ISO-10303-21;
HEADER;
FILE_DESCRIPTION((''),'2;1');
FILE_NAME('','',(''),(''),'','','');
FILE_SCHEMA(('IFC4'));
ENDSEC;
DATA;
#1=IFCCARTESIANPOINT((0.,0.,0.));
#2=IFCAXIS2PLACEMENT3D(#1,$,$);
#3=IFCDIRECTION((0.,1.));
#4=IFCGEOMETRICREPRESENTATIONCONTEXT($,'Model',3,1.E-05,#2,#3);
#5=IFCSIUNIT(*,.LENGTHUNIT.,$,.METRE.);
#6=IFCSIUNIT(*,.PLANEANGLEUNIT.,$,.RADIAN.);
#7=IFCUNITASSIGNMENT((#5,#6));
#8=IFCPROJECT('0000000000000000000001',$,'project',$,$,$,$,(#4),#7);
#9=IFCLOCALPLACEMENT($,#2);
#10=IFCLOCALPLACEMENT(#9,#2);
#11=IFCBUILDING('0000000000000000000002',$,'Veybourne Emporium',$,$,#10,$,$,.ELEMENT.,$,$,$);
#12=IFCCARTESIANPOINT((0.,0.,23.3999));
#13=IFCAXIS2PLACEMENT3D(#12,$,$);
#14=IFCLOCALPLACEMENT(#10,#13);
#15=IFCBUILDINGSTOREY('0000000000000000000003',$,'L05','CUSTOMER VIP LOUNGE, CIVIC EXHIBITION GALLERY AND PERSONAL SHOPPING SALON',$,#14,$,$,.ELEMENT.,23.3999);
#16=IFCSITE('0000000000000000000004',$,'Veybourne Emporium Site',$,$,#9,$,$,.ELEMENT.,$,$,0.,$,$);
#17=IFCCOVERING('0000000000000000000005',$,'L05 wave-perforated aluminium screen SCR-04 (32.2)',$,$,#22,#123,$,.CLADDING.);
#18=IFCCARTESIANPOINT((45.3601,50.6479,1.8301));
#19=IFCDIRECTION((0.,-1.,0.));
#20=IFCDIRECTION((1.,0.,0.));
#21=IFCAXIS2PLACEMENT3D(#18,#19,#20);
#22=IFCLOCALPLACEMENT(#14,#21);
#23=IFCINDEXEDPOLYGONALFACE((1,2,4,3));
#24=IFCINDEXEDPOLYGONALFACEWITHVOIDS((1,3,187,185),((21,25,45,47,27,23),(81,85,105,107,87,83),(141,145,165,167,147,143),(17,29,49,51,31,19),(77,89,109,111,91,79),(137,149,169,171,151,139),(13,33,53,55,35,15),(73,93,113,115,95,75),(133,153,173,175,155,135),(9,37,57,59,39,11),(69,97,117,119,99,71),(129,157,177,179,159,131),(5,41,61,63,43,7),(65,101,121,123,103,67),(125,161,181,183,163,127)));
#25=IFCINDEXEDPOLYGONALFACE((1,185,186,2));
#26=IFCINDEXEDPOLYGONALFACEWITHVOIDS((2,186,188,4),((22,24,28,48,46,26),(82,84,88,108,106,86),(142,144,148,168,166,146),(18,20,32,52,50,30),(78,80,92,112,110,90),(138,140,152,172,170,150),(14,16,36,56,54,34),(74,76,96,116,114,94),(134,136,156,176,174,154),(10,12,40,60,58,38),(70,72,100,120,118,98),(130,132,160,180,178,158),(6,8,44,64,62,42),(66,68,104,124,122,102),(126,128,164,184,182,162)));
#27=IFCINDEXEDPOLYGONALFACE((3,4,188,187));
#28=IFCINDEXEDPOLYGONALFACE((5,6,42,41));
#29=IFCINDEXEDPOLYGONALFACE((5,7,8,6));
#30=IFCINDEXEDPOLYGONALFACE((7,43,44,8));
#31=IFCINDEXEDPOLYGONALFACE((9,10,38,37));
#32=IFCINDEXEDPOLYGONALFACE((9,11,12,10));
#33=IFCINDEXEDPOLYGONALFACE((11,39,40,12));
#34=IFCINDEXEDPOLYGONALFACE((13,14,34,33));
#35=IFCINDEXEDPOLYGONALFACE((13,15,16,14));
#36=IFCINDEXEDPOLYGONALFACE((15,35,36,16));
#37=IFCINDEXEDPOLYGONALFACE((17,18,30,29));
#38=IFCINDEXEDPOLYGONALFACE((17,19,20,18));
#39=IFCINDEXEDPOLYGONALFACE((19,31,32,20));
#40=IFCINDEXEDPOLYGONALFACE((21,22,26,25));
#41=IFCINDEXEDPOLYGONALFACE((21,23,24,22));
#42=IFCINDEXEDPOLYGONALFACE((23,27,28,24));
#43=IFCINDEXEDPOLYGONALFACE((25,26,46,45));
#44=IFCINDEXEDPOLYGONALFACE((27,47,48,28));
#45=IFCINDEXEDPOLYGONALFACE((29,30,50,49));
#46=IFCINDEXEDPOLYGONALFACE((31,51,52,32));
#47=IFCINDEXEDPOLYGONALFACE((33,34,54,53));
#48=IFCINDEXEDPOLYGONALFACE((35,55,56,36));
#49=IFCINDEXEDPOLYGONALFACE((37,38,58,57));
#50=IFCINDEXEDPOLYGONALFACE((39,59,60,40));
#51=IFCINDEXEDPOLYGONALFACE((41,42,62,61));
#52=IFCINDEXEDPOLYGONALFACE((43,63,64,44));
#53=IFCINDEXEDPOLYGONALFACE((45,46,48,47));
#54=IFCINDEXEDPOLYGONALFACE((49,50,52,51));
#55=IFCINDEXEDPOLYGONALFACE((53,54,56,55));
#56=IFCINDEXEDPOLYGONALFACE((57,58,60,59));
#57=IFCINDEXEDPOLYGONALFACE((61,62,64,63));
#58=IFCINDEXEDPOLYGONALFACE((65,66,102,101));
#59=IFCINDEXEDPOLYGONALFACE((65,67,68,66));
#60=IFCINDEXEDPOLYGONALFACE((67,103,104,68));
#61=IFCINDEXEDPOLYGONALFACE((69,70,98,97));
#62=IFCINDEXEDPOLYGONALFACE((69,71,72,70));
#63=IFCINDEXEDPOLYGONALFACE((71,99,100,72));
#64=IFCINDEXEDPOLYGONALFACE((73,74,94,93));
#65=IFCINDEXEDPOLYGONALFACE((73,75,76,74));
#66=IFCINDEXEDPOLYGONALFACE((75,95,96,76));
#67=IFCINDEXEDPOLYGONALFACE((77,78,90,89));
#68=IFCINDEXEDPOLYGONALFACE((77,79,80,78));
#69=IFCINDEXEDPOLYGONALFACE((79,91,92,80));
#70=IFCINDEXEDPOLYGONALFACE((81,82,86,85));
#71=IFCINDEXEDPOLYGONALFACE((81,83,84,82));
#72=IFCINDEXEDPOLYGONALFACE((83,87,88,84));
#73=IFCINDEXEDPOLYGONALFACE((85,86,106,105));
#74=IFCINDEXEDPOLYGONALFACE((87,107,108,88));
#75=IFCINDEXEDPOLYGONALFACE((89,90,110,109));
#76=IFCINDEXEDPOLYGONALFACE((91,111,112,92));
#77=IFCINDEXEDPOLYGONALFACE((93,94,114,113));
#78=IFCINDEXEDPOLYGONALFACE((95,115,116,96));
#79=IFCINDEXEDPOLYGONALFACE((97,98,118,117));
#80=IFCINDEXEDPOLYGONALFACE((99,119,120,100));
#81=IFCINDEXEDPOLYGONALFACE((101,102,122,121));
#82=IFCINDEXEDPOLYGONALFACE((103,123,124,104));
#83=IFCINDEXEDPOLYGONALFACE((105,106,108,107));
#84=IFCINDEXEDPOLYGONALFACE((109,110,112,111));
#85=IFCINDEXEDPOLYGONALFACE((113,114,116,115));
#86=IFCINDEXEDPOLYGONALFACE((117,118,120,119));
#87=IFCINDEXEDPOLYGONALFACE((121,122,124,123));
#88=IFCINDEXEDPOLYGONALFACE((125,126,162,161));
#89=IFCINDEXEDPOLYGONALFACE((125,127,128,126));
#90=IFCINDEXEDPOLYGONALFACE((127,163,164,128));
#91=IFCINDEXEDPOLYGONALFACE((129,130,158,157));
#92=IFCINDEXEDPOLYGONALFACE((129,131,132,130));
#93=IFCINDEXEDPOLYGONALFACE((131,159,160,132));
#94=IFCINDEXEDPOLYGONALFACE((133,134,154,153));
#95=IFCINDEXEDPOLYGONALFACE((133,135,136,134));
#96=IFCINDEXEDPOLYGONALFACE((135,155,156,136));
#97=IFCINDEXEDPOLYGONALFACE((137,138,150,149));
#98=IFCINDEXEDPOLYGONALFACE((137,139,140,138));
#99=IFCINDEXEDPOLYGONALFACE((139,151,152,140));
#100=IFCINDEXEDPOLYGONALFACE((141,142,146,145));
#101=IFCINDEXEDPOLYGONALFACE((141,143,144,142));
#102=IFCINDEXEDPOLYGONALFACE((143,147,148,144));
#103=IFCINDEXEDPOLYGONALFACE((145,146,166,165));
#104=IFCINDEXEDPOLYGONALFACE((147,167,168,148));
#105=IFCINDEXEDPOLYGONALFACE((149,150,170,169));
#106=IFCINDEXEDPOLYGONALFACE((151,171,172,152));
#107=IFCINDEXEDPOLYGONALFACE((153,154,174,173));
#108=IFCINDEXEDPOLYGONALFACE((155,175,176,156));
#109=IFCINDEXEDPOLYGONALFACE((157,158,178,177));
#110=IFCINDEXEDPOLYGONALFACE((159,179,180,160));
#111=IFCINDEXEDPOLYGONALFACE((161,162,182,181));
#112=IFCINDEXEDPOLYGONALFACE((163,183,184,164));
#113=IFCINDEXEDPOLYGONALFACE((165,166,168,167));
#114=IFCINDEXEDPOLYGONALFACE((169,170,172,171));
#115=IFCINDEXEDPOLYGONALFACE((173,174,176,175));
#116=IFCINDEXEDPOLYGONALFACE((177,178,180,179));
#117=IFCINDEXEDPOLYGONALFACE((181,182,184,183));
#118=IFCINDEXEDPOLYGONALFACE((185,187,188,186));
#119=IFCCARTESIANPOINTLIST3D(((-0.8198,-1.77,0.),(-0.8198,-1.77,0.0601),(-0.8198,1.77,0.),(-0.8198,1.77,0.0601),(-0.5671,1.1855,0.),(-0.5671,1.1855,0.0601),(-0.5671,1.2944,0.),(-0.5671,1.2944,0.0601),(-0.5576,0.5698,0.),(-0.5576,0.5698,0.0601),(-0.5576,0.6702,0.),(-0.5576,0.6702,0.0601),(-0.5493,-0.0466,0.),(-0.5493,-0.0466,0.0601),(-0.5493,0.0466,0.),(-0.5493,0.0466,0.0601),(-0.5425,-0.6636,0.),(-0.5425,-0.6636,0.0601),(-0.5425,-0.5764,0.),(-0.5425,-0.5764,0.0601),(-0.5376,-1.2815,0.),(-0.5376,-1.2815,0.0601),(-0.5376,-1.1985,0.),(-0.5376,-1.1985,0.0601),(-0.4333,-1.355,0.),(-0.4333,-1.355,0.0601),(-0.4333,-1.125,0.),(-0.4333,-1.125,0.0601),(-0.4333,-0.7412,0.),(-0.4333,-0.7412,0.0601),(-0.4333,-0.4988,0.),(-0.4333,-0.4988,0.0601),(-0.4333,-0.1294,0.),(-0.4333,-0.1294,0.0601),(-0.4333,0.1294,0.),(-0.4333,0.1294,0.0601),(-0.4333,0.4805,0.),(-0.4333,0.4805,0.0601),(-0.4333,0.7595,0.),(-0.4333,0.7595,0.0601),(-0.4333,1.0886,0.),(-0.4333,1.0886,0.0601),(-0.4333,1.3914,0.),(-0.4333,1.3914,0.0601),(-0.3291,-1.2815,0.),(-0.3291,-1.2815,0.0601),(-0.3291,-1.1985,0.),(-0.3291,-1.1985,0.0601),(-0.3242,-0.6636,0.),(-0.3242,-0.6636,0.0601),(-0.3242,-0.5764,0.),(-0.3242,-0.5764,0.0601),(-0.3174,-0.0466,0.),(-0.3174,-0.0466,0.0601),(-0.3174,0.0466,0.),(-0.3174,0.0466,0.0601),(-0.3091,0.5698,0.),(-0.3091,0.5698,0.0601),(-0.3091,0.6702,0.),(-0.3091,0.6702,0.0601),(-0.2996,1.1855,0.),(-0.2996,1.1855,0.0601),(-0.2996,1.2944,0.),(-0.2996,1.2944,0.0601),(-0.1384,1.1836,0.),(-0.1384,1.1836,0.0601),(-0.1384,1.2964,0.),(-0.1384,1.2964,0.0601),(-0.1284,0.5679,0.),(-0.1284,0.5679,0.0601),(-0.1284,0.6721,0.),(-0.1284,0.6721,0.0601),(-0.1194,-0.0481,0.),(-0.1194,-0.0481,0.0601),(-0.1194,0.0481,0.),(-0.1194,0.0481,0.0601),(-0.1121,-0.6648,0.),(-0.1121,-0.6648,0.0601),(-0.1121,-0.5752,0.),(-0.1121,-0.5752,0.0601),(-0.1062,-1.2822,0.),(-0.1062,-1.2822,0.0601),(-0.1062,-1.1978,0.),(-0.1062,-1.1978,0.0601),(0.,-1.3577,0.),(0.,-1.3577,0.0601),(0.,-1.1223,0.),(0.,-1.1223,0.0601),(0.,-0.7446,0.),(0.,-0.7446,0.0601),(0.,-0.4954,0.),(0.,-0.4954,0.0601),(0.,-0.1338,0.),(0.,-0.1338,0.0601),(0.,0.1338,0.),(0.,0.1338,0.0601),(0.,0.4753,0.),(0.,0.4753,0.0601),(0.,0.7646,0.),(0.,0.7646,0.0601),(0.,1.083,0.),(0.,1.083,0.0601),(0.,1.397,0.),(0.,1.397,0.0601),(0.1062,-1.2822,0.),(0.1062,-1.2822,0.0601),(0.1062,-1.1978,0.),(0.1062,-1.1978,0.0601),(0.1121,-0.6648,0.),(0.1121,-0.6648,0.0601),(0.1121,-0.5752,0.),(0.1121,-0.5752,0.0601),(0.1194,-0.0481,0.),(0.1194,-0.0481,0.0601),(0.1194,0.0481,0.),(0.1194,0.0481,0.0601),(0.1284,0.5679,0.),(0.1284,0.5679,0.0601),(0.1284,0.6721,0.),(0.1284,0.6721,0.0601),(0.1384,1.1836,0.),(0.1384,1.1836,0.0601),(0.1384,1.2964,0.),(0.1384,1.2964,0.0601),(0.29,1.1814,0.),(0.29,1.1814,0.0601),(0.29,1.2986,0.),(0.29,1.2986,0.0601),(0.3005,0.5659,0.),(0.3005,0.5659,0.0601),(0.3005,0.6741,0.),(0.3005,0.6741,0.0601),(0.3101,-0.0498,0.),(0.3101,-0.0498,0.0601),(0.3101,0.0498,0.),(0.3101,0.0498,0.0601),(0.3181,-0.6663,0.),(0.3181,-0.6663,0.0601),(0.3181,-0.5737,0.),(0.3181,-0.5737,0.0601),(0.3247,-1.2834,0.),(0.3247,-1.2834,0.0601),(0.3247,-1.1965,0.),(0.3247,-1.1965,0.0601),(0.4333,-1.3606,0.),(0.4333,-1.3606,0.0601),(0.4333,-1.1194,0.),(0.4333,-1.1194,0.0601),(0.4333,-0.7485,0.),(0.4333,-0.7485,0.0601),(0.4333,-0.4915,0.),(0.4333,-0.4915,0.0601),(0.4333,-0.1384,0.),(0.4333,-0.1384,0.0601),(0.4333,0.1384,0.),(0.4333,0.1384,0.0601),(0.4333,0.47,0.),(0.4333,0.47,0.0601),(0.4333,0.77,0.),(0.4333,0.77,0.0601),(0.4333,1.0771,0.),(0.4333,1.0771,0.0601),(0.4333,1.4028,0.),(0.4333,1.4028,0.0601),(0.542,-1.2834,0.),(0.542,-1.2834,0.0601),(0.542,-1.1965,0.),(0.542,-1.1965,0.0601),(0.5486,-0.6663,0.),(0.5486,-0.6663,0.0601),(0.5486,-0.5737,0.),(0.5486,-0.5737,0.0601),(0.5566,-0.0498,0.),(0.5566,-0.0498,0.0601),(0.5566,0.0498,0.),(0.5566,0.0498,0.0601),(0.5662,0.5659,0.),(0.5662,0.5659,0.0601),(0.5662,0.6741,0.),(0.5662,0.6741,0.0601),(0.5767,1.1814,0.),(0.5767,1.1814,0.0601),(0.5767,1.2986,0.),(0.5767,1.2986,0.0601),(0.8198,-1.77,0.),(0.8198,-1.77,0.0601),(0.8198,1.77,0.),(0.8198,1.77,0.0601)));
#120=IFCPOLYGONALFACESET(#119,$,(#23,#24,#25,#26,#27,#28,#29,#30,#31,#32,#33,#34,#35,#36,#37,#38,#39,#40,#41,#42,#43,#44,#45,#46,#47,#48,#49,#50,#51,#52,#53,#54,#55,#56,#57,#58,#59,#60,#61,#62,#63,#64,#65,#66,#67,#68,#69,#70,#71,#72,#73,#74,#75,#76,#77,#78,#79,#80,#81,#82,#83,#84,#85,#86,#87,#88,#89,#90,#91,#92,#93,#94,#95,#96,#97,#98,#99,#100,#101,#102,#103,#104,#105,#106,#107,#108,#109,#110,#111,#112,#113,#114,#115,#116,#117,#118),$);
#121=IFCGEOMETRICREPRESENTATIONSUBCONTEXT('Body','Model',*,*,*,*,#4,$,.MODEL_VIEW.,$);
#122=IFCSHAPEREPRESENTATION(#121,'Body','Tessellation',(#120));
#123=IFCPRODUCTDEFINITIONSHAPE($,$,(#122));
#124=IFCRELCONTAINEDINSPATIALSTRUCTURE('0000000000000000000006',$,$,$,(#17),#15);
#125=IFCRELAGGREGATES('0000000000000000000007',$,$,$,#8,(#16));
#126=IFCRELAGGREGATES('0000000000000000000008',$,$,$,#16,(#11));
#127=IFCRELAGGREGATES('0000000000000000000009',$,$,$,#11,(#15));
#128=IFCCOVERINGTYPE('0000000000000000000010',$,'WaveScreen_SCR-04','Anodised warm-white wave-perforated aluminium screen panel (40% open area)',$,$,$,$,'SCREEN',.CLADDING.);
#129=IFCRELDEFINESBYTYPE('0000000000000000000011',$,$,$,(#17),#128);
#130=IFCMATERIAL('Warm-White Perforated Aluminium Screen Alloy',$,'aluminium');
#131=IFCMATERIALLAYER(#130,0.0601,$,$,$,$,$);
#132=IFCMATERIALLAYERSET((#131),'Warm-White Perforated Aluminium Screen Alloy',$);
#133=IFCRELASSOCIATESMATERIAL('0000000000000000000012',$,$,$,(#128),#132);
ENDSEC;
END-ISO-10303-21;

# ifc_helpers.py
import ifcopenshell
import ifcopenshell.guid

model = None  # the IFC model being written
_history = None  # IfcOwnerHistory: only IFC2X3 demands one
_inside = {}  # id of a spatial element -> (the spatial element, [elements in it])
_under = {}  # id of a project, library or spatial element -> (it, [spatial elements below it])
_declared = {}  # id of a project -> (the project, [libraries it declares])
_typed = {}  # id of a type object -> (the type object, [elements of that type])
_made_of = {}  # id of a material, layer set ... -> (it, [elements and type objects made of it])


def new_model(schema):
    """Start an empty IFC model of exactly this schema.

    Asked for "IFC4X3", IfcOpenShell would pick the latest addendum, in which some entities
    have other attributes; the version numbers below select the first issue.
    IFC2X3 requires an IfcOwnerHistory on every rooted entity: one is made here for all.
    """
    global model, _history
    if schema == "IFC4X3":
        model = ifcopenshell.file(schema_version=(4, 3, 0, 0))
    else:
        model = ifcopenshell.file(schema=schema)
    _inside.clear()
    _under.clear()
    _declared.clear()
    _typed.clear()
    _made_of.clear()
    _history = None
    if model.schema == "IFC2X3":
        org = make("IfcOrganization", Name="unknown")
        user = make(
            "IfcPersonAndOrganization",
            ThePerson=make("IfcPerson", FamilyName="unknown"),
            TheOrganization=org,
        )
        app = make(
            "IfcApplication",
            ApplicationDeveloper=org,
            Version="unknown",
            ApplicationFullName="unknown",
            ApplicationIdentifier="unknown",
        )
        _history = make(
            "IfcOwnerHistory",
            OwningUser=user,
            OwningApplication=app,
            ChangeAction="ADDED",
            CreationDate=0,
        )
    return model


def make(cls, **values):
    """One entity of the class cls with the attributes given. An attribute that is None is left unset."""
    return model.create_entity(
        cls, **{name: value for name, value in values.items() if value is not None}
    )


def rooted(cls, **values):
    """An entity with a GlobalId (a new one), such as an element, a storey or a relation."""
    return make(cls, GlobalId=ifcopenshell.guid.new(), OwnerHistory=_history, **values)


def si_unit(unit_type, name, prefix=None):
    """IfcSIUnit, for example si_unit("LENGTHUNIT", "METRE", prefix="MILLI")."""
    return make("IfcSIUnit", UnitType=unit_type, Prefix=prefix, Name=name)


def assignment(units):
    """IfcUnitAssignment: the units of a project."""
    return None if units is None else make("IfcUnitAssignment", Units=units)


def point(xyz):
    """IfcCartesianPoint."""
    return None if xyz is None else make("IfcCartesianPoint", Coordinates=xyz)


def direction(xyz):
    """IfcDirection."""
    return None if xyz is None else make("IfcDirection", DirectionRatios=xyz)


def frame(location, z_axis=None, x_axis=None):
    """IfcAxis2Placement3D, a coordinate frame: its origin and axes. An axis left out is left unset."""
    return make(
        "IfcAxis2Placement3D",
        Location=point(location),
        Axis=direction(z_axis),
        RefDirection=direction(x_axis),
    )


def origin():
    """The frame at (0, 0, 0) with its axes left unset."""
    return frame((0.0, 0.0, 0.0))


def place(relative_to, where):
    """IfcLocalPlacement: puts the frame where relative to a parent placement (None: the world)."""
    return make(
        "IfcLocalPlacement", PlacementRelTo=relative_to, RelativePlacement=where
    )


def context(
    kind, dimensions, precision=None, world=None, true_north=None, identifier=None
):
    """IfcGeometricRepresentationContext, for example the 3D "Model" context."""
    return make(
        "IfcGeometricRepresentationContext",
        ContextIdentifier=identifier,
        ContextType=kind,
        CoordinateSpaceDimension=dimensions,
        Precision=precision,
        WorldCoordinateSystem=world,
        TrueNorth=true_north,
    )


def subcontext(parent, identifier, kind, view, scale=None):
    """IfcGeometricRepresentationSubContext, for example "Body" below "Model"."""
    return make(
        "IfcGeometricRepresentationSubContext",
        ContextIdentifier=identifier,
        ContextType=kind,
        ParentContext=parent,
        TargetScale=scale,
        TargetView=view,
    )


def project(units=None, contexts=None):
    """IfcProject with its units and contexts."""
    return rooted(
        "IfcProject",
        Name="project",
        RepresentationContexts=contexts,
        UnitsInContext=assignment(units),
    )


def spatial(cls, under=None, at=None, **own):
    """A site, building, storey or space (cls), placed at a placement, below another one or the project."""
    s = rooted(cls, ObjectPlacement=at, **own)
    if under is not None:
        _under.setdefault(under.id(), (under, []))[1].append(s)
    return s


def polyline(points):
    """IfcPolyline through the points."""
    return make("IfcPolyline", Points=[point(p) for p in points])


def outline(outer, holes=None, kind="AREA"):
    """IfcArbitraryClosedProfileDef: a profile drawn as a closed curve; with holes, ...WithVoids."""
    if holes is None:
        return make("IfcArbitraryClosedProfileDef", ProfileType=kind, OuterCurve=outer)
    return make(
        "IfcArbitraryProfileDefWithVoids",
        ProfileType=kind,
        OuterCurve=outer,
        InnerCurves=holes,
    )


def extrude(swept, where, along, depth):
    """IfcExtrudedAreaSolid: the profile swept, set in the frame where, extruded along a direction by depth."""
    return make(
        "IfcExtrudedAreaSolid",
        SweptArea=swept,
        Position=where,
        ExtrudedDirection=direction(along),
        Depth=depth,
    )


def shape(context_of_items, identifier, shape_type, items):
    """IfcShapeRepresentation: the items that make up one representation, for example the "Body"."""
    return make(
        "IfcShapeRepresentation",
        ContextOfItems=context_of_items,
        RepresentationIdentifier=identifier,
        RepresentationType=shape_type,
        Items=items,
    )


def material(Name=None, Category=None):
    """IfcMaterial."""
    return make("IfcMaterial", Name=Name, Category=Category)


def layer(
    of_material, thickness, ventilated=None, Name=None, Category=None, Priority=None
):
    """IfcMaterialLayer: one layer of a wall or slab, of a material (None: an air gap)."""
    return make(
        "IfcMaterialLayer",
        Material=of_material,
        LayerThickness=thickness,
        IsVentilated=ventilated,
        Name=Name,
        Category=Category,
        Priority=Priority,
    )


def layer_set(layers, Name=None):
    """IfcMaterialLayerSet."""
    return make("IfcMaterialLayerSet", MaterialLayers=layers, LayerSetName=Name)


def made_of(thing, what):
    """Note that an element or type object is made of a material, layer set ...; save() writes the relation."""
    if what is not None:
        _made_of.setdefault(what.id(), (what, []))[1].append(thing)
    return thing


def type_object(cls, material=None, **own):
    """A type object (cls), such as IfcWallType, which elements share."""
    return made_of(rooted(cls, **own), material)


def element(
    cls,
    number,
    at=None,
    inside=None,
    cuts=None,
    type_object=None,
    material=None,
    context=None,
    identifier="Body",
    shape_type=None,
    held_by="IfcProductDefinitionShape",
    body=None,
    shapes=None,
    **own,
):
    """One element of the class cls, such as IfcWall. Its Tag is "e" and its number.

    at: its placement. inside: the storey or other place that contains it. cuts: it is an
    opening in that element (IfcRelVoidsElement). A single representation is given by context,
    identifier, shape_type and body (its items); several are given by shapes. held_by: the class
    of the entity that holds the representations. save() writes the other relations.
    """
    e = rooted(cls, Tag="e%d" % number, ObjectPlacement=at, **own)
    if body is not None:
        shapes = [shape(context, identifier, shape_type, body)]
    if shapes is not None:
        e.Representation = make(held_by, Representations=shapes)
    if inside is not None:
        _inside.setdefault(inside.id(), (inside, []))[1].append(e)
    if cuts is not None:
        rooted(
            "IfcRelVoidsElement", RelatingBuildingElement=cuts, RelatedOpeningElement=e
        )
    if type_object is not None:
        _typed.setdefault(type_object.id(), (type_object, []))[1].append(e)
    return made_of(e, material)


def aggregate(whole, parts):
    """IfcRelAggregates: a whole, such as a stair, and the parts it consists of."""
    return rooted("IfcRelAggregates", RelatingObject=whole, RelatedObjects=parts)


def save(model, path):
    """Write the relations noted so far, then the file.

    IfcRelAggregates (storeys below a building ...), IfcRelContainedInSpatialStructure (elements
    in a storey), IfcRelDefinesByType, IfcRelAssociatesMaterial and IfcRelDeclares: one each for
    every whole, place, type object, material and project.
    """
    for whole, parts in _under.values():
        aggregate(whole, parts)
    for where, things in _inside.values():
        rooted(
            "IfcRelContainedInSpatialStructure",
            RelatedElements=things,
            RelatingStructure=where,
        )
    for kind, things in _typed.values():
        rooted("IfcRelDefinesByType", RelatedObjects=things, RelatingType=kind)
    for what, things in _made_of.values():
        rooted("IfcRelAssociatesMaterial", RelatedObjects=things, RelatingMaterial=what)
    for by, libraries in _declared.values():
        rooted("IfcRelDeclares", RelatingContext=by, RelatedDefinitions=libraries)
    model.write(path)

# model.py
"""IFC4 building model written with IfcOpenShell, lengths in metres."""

from ifc_helpers import new_model, si_unit, direction, frame, origin, place, context, subcontext, project, spatial, polyline, outline, extrude, material, layer, layer_set, type_object, element, save


model = new_model("IFC4")

# Units and contexts
model_context = context("Model", 3, precision=1e-05, world=origin(), true_north=direction((0.0, 1.0)))
body_context = subcontext(model_context, "Body", "Model", "MODEL_VIEW")
ifc_project = project(units=[si_unit("LENGTHUNIT", "METRE"), si_unit("PLANEANGLEUNIT", "RADIAN")], contexts=[model_context])

# Site, building, storey
site_placement = place(None, origin())
site = spatial("IfcSite", under=ifc_project, at=site_placement, Name="Veybourne Emporium Site", CompositionType="ELEMENT", RefElevation=0.0)
building_placement = place(site_placement, origin())
building = spatial("IfcBuilding", under=site, at=building_placement, Name="Veybourne Emporium", CompositionType="ELEMENT")
storey_placement = place(building_placement, frame((0.0, 0.0, 23.3999)))
storey = spatial("IfcBuildingStorey", under=building, at=storey_placement, Name="L05", Description="CUSTOMER VIP LOUNGE, CIVIC EXHIBITION GALLERY AND PERSONAL SHOPPING SALON", CompositionType="ELEMENT", Elevation=23.3999)

# Covering
ifc_material_1 = material(Name="Warm-White Perforated Aluminium Screen Alloy", Category="aluminium")
ifc_layer_1 = layer(ifc_material_1, 0.0601)
ifc_layer_set_1 = layer_set([ifc_layer_1], Name="Warm-White Perforated Aluminium Screen Alloy")
covering_type_1 = type_object("IfcCoveringType", Name="WaveScreen_SCR-04", Description="Anodised warm-white wave-perforated aluminium screen panel (40% open area)", ElementType="SCREEN", PredefinedType="CLADDING", material=ifc_layer_set_1)
covering_1_placement = place(storey_placement, frame((45.3601, 50.6479, 1.8301), z_axis=(0.0, -1.0, 0.0), x_axis=(1.0, 0.0, 0.0)))
element("IfcCovering", 1, at=covering_1_placement, inside=storey, type_object=covering_type_1, Name="L05 wave-perforated aluminium screen SCR-04 (32.2)", PredefinedType="CLADDING", context=body_context, shape_type="SweptSolid", body=[
    extrude(outline(polyline([(-0.8198, -1.77), (0.8198, -1.77), (0.8198, 1.77), (-0.8198, 1.77), (-0.8198, -1.77)]), holes=[polyline([(-0.4333, -1.125), (-0.3291, -1.1985), (-0.3291, -1.2815), (-0.4333, -1.355), (-0.5376, -1.2815), (-0.5376, -1.1985), (-0.4333, -1.125)]), polyline([(-0.4333, -0.4988), (-0.3242, -0.5764), (-0.3242, -0.6636), (-0.4333, -0.7412), (-0.5425, -0.6636), (-0.5425, -0.5764), (-0.4333, -0.4988)]), polyline([(-0.4333, 0.1294), (-0.3174, 0.0466), (-0.3174, -0.0466), (-0.4333, -0.1294), (-0.5493, -0.0466), (-0.5493, 0.0466), (-0.4333, 0.1294)]), polyline([(-0.4333, 0.7595), (-0.3091, 0.6702), (-0.3091, 0.5698), (-0.4333, 0.4805), (-0.5576, 0.5698), (-0.5576, 0.6702), (-0.4333, 0.7595)]), polyline([(-0.4333, 1.3914), (-0.2996, 1.2944), (-0.2996, 1.1855), (-0.4333, 1.0886), (-0.5671, 1.1855), (-0.5671, 1.2944), (-0.4333, 1.3914)]), polyline([(0.0, -1.1223), (0.1062, -1.1978), (0.1062, -1.2822), (0.0, -1.3577), (-0.1062, -1.2822), (-0.1062, -1.1978), (0.0, -1.1223)]), polyline([(0.0, -0.4954), (0.1121, -0.5752), (0.1121, -0.6648), (0.0, -0.7446), (-0.1121, -0.6648), (-0.1121, -0.5752), (0.0, -0.4954)]), polyline([(0.0, 0.1338), (0.1194, 0.0481), (0.1194, -0.0481), (0.0, -0.1338), (-0.1194, -0.0481), (-0.1194, 0.0481), (0.0, 0.1338)]), polyline([(0.0, 0.7646), (0.1284, 0.6721), (0.1284, 0.5679), (0.0, 0.4753), (-0.1284, 0.5679), (-0.1284, 0.6721), (0.0, 0.7646)]), polyline([(0.0, 1.397), (0.1384, 1.2964), (0.1384, 1.1836), (0.0, 1.083), (-0.1384, 1.1836), (-0.1384, 1.2964), (0.0, 1.397)]), polyline([(0.4333, -1.1194), (0.542, -1.1965), (0.542, -1.2834), (0.4333, -1.3606), (0.3247, -1.2834), (0.3247, -1.1965), (0.4333, -1.1194)]), polyline([(0.4333, -0.4915), (0.5486, -0.5737), (0.5486, -0.6663), (0.4333, -0.7485), (0.3181, -0.6663), (0.3181, -0.5737), (0.4333, -0.4915)]), polyline([(0.4333, 0.1384), (0.5566, 0.0498), (0.5566, -0.0498), (0.4333, -0.1384), (0.3101, -0.0498), (0.3101, 0.0498), (0.4333, 0.1384)]), polyline([(0.4333, 0.77), (0.5662, 0.6741), (0.5662, 0.5659), (0.4333, 0.47), (0.3005, 0.5659), (0.3005, 0.6741), (0.4333, 0.77)]), polyline([(0.4333, 1.4028), (0.5767, 1.2986), (0.5767, 1.1814), (0.4333, 1.0771), (0.29, 1.1814), (0.29, 1.2986), (0.4333, 1.4028)])]), origin(), (0.0, 0.0, 1.0), 0.0601),
])

save(model, "model.ifc")
